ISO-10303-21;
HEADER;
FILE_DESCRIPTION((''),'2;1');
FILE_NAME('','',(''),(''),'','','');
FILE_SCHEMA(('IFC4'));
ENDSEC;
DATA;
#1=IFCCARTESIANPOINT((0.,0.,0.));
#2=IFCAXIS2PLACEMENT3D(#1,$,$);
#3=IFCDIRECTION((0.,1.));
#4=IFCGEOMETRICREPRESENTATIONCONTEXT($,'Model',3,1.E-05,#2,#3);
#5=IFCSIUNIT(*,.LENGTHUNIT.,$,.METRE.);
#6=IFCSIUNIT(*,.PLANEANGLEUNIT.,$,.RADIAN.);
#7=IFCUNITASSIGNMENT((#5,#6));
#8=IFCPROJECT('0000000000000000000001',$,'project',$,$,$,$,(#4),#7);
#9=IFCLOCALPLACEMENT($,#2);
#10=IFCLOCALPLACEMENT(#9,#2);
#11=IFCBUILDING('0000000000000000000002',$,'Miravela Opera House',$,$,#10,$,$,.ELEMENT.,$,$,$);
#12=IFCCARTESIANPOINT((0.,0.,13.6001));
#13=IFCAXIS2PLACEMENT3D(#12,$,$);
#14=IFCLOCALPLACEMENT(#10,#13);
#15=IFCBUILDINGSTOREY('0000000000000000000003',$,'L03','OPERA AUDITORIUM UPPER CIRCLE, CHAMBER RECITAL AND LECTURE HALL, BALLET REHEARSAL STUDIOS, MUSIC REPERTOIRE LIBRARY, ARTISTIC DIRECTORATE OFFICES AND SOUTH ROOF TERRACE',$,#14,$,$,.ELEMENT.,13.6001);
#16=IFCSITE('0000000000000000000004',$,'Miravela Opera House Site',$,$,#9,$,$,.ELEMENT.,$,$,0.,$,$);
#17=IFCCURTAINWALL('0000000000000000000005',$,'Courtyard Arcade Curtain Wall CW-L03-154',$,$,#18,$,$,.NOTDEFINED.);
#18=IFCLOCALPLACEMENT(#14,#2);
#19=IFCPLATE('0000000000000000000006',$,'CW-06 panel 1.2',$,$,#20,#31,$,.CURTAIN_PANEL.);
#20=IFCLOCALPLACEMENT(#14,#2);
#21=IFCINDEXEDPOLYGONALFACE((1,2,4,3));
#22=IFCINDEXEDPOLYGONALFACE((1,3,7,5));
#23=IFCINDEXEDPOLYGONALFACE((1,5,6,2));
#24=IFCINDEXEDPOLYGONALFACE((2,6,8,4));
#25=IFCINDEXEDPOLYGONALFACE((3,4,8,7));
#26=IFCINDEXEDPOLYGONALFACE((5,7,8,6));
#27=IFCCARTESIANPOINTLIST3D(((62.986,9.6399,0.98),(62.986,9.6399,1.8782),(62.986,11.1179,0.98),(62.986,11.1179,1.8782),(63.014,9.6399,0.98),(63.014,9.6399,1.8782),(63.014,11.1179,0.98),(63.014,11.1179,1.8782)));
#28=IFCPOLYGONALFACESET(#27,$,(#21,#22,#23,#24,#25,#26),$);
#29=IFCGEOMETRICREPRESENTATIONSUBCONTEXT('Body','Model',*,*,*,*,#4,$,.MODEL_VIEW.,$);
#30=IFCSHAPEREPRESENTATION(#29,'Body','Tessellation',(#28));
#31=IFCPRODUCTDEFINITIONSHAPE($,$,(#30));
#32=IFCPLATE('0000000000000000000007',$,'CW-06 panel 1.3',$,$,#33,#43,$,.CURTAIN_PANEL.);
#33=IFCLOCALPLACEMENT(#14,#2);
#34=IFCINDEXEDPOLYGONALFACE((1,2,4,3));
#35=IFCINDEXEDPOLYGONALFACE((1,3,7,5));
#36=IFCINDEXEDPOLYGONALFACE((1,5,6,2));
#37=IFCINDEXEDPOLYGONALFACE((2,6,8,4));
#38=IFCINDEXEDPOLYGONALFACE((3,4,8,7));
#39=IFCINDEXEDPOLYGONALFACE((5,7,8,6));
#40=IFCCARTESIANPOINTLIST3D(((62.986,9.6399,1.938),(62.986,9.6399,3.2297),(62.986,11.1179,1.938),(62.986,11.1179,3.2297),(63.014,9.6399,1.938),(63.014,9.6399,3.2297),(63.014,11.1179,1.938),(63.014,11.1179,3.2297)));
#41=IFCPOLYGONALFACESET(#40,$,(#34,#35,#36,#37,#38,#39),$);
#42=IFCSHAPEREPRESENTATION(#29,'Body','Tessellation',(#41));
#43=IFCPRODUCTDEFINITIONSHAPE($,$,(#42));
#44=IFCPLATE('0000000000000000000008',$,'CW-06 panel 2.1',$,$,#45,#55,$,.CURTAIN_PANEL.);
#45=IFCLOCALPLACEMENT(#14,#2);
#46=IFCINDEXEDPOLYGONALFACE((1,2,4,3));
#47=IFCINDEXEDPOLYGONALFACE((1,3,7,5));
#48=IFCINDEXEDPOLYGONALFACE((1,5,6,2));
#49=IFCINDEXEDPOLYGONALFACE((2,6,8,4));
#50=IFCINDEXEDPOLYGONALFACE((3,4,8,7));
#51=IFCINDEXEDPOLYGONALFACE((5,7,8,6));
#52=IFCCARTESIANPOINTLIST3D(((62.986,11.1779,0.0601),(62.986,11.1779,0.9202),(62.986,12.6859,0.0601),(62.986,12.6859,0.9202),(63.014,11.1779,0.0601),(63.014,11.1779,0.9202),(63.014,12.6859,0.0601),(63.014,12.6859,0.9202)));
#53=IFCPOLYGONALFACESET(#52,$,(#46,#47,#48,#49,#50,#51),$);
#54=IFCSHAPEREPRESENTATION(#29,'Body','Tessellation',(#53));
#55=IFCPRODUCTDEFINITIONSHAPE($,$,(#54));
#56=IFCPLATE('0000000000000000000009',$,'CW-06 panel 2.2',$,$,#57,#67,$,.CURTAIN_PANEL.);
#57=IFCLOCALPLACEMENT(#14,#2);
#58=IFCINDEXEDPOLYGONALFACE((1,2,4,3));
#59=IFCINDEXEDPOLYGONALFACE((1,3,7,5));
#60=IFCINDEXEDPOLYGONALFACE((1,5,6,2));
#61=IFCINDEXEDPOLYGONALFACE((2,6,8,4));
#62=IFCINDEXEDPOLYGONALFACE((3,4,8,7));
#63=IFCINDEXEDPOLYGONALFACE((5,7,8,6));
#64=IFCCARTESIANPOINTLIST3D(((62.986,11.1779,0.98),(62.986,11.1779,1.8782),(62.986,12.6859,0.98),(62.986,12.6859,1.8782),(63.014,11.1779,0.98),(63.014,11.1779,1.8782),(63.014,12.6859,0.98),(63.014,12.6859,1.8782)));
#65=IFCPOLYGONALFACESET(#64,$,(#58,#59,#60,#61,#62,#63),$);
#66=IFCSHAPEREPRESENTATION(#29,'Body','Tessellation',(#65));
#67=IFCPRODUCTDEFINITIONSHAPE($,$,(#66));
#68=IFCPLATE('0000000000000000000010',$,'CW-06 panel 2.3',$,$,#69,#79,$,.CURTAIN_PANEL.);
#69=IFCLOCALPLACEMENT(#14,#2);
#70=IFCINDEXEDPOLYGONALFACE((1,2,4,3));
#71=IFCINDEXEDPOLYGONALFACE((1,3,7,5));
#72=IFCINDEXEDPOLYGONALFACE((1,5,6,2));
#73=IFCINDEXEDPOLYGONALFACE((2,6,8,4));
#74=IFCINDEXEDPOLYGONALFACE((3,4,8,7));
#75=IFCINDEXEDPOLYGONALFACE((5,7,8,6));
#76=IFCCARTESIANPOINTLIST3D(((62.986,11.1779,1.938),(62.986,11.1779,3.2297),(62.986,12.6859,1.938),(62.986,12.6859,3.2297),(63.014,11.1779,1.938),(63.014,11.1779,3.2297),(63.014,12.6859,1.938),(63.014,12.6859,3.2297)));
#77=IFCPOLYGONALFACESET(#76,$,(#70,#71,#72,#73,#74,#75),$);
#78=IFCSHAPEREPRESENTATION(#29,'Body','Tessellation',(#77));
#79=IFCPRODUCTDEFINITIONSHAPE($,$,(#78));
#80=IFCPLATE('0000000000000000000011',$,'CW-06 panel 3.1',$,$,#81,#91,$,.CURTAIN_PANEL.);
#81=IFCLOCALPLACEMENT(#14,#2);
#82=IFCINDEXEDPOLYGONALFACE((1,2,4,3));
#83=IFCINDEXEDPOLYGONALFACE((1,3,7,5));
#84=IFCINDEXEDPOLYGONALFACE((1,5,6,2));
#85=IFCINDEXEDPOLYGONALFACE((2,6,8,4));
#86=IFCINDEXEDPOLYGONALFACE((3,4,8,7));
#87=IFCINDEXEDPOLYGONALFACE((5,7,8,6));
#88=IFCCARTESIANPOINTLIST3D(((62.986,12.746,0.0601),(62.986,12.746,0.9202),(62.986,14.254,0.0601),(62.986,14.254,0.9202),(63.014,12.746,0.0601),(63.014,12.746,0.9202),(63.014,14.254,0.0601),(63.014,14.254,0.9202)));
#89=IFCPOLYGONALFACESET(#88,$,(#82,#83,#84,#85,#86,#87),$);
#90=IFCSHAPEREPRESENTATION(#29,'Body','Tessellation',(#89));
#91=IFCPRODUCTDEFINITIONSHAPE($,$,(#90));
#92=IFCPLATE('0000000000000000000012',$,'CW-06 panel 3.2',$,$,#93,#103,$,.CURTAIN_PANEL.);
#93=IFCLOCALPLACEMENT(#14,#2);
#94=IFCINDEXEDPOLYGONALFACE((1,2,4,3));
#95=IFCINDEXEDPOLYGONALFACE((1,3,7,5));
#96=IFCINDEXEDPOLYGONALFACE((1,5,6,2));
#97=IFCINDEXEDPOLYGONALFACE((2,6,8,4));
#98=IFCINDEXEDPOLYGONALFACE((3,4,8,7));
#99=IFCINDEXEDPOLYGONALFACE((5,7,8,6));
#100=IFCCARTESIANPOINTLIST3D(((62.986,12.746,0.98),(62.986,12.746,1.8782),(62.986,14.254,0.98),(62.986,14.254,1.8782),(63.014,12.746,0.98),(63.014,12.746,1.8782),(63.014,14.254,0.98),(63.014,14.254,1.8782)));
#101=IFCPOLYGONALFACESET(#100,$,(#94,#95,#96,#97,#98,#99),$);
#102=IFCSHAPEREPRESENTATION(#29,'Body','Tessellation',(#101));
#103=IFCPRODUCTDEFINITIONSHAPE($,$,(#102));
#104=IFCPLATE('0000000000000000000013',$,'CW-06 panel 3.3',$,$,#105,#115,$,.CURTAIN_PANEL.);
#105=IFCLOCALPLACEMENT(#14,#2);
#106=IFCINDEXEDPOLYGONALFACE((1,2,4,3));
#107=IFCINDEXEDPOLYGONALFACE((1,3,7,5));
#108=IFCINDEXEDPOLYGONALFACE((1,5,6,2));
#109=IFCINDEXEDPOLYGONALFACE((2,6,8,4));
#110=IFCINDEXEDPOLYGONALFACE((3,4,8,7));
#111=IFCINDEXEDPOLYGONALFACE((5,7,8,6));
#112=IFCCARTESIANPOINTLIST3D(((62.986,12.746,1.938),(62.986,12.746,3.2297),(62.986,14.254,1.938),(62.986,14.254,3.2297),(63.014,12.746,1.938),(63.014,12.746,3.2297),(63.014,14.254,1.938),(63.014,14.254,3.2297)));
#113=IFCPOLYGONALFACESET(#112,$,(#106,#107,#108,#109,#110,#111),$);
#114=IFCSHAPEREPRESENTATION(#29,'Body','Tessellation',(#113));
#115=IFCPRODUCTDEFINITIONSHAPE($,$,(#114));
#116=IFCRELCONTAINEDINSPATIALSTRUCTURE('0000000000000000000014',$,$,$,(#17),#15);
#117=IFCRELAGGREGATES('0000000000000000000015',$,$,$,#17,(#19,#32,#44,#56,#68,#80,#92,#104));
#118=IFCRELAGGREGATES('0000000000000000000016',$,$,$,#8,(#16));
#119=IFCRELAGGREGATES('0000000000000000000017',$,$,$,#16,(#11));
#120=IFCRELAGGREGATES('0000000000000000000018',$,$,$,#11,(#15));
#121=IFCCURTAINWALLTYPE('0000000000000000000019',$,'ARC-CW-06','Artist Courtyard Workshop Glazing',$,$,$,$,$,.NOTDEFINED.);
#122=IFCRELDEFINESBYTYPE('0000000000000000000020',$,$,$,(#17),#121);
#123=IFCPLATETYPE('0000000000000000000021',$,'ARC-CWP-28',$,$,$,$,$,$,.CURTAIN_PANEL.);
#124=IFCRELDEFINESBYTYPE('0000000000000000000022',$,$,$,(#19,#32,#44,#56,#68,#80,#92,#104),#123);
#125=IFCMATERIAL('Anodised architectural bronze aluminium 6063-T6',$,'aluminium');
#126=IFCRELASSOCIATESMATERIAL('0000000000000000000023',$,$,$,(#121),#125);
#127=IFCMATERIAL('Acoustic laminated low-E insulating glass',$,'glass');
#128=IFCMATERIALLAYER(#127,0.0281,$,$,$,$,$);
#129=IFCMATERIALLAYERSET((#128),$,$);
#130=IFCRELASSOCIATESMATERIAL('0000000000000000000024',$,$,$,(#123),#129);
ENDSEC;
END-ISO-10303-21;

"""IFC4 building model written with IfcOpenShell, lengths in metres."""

from ifc_helpers import new_model, si_unit, direction, frame, origin, origin_2d, place, context, subcontext, project, spatial, rectangle, extrude, material, layer, layer_set, type_object, element, aggregate, save


model = new_model("IFC4")

# Units and contexts
model_context = context("Model", 3, precision=1e-05, world=origin(), true_north=direction((0.0, 1.0)))
body_context = subcontext(model_context, "Body", "Model", "MODEL_VIEW")
ifc_project = project(units=[si_unit("LENGTHUNIT", "METRE"), si_unit("PLANEANGLEUNIT", "RADIAN")], contexts=[model_context])

# Site, building, storey
site_placement = place(None, origin())
site = spatial("IfcSite", under=ifc_project, at=site_placement, Name="Miravela Opera House Site", CompositionType="ELEMENT", RefElevation=0.0)
building_placement = place(site_placement, origin())
building = spatial("IfcBuilding", under=site, at=building_placement, Name="Miravela Opera House", CompositionType="ELEMENT")
storey_placement = place(building_placement, frame((0.0, 0.0, 13.6001)))
storey = spatial("IfcBuildingStorey", under=building, at=storey_placement, Name="L03", Description="OPERA AUDITORIUM UPPER CIRCLE, CHAMBER RECITAL AND LECTURE HALL, BALLET REHEARSAL STUDIOS, MUSIC REPERTOIRE LIBRARY, ARTISTIC DIRECTORATE OFFICES AND SOUTH ROOF TERRACE", CompositionType="ELEMENT", Elevation=13.6001)

# Curtain wall
ifc_material_1 = material(Name="Anodised architectural bronze aluminium 6063-T6", Category="aluminium")
curtain_wall_type = type_object("IfcCurtainWallType", Name="ARC-CW-06", Description="Artist Courtyard Workshop Glazing", PredefinedType="NOTDEFINED", material=ifc_material_1)
curtain_wall_placement = place(storey_placement, origin())
curtain_wall = element("IfcCurtainWall", 1, at=curtain_wall_placement, inside=storey, type_object=curtain_wall_type, Name="Courtyard Arcade Curtain Wall CW-L03-154", PredefinedType="NOTDEFINED")

# Plates
ifc_material_2 = material(Name="Acoustic laminated low-E insulating glass", Category="glass")
ifc_layer = layer(ifc_material_2, 0.0281)
ifc_layer_set = layer_set([ifc_layer])
plate_type = type_object("IfcPlateType", Name="ARC-CWP-28", PredefinedType="CURTAIN_PANEL", material=ifc_layer_set)
plate_1_placement = place(storey_placement, frame((63.0, 10.3789, 0.98), z_axis=(0.0, 0.0, 1.0), x_axis=(0.0, 1.0, 0.0)))
plate_1 = element("IfcPlate", 2, at=plate_1_placement, type_object=plate_type, Name="CW-06 panel 1.2", PredefinedType="CURTAIN_PANEL", context=body_context, shape_type="SweptSolid", body=[
    extrude(rectangle(XDim=1.478, YDim=0.0281, at=origin_2d()), origin(), (0.0, 0.0, 1.0), 0.8982),
])
plate_2_placement = place(storey_placement, frame((63.0, 10.3789, 1.938), z_axis=(0.0, 0.0, 1.0), x_axis=(0.0, 1.0, 0.0)))
plate_2 = element("IfcPlate", 3, at=plate_2_placement, type_object=plate_type, Name="CW-06 panel 1.3", PredefinedType="CURTAIN_PANEL", context=body_context, shape_type="SweptSolid", body=[
    extrude(rectangle(XDim=1.478, YDim=0.0281, at=origin_2d()), origin(), (0.0, 0.0, 1.0), 1.2917),
])
plate_3_placement = place(storey_placement, frame((63.0, 11.9319, 0.0601), z_axis=(0.0, 0.0, 1.0), x_axis=(0.0, 1.0, 0.0)))
plate_3 = element("IfcPlate", 4, at=plate_3_placement, type_object=plate_type, Name="CW-06 panel 2.1", PredefinedType="CURTAIN_PANEL", context=body_context, shape_type="SweptSolid", body=[
    extrude(rectangle(XDim=1.5081, YDim=0.0281, at=origin_2d()), origin(), (0.0, 0.0, 1.0), 0.8601),
])
plate_4_placement = place(storey_placement, frame((63.0, 11.9319, 0.98), z_axis=(0.0, 0.0, 1.0), x_axis=(0.0, 1.0, 0.0)))
plate_4 = element("IfcPlate", 5, at=plate_4_placement, type_object=plate_type, Name="CW-06 panel 2.2", PredefinedType="CURTAIN_PANEL", context=body_context, shape_type="SweptSolid", body=[
    extrude(rectangle(XDim=1.5081, YDim=0.0281, at=origin_2d()), origin(), (0.0, 0.0, 1.0), 0.8982),
])
plate_5_placement = place(storey_placement, frame((63.0, 11.9319, 1.938), z_axis=(0.0, 0.0, 1.0), x_axis=(0.0, 1.0, 0.0)))
plate_5 = element("IfcPlate", 6, at=plate_5_placement, type_object=plate_type, Name="CW-06 panel 2.3", PredefinedType="CURTAIN_PANEL", context=body_context, shape_type="SweptSolid", body=[
    extrude(rectangle(XDim=1.5081, YDim=0.0281, at=origin_2d()), origin(), (0.0, 0.0, 1.0), 1.2917),
])
plate_6_placement = place(storey_placement, frame((63.0, 13.5, 0.0601), z_axis=(0.0, 0.0, 1.0), x_axis=(0.0, 1.0, 0.0)))
plate_6 = element("IfcPlate", 7, at=plate_6_placement, type_object=plate_type, Name="CW-06 panel 3.1", PredefinedType="CURTAIN_PANEL", context=body_context, shape_type="SweptSolid", body=[
    extrude(rectangle(XDim=1.5081, YDim=0.0281, at=origin_2d()), origin(), (0.0, 0.0, 1.0), 0.8601),
])
plate_7_placement = place(storey_placement, frame((63.0, 13.5, 0.98), z_axis=(0.0, 0.0, 1.0), x_axis=(0.0, 1.0, 0.0)))
plate_7 = element("IfcPlate", 8, at=plate_7_placement, type_object=plate_type, Name="CW-06 panel 3.2", PredefinedType="CURTAIN_PANEL", context=body_context, shape_type="SweptSolid", body=[
    extrude(rectangle(XDim=1.5081, YDim=0.0281, at=origin_2d()), origin(), (0.0, 0.0, 1.0), 0.8982),
])
plate_8_placement = place(storey_placement, frame((63.0, 13.5, 1.938), z_axis=(0.0, 0.0, 1.0), x_axis=(0.0, 1.0, 0.0)))
plate_8 = element("IfcPlate", 9, at=plate_8_placement, type_object=plate_type, Name="CW-06 panel 3.3", PredefinedType="CURTAIN_PANEL", context=body_context, shape_type="SweptSolid", body=[
    extrude(rectangle(XDim=1.5081, YDim=0.0281, at=origin_2d()), origin(), (0.0, 0.0, 1.0), 1.2917),
])
aggregate(curtain_wall, [plate_1, plate_2, plate_3, plate_4, plate_5, plate_6, plate_7, plate_8])

save(model, "model.ifc")
